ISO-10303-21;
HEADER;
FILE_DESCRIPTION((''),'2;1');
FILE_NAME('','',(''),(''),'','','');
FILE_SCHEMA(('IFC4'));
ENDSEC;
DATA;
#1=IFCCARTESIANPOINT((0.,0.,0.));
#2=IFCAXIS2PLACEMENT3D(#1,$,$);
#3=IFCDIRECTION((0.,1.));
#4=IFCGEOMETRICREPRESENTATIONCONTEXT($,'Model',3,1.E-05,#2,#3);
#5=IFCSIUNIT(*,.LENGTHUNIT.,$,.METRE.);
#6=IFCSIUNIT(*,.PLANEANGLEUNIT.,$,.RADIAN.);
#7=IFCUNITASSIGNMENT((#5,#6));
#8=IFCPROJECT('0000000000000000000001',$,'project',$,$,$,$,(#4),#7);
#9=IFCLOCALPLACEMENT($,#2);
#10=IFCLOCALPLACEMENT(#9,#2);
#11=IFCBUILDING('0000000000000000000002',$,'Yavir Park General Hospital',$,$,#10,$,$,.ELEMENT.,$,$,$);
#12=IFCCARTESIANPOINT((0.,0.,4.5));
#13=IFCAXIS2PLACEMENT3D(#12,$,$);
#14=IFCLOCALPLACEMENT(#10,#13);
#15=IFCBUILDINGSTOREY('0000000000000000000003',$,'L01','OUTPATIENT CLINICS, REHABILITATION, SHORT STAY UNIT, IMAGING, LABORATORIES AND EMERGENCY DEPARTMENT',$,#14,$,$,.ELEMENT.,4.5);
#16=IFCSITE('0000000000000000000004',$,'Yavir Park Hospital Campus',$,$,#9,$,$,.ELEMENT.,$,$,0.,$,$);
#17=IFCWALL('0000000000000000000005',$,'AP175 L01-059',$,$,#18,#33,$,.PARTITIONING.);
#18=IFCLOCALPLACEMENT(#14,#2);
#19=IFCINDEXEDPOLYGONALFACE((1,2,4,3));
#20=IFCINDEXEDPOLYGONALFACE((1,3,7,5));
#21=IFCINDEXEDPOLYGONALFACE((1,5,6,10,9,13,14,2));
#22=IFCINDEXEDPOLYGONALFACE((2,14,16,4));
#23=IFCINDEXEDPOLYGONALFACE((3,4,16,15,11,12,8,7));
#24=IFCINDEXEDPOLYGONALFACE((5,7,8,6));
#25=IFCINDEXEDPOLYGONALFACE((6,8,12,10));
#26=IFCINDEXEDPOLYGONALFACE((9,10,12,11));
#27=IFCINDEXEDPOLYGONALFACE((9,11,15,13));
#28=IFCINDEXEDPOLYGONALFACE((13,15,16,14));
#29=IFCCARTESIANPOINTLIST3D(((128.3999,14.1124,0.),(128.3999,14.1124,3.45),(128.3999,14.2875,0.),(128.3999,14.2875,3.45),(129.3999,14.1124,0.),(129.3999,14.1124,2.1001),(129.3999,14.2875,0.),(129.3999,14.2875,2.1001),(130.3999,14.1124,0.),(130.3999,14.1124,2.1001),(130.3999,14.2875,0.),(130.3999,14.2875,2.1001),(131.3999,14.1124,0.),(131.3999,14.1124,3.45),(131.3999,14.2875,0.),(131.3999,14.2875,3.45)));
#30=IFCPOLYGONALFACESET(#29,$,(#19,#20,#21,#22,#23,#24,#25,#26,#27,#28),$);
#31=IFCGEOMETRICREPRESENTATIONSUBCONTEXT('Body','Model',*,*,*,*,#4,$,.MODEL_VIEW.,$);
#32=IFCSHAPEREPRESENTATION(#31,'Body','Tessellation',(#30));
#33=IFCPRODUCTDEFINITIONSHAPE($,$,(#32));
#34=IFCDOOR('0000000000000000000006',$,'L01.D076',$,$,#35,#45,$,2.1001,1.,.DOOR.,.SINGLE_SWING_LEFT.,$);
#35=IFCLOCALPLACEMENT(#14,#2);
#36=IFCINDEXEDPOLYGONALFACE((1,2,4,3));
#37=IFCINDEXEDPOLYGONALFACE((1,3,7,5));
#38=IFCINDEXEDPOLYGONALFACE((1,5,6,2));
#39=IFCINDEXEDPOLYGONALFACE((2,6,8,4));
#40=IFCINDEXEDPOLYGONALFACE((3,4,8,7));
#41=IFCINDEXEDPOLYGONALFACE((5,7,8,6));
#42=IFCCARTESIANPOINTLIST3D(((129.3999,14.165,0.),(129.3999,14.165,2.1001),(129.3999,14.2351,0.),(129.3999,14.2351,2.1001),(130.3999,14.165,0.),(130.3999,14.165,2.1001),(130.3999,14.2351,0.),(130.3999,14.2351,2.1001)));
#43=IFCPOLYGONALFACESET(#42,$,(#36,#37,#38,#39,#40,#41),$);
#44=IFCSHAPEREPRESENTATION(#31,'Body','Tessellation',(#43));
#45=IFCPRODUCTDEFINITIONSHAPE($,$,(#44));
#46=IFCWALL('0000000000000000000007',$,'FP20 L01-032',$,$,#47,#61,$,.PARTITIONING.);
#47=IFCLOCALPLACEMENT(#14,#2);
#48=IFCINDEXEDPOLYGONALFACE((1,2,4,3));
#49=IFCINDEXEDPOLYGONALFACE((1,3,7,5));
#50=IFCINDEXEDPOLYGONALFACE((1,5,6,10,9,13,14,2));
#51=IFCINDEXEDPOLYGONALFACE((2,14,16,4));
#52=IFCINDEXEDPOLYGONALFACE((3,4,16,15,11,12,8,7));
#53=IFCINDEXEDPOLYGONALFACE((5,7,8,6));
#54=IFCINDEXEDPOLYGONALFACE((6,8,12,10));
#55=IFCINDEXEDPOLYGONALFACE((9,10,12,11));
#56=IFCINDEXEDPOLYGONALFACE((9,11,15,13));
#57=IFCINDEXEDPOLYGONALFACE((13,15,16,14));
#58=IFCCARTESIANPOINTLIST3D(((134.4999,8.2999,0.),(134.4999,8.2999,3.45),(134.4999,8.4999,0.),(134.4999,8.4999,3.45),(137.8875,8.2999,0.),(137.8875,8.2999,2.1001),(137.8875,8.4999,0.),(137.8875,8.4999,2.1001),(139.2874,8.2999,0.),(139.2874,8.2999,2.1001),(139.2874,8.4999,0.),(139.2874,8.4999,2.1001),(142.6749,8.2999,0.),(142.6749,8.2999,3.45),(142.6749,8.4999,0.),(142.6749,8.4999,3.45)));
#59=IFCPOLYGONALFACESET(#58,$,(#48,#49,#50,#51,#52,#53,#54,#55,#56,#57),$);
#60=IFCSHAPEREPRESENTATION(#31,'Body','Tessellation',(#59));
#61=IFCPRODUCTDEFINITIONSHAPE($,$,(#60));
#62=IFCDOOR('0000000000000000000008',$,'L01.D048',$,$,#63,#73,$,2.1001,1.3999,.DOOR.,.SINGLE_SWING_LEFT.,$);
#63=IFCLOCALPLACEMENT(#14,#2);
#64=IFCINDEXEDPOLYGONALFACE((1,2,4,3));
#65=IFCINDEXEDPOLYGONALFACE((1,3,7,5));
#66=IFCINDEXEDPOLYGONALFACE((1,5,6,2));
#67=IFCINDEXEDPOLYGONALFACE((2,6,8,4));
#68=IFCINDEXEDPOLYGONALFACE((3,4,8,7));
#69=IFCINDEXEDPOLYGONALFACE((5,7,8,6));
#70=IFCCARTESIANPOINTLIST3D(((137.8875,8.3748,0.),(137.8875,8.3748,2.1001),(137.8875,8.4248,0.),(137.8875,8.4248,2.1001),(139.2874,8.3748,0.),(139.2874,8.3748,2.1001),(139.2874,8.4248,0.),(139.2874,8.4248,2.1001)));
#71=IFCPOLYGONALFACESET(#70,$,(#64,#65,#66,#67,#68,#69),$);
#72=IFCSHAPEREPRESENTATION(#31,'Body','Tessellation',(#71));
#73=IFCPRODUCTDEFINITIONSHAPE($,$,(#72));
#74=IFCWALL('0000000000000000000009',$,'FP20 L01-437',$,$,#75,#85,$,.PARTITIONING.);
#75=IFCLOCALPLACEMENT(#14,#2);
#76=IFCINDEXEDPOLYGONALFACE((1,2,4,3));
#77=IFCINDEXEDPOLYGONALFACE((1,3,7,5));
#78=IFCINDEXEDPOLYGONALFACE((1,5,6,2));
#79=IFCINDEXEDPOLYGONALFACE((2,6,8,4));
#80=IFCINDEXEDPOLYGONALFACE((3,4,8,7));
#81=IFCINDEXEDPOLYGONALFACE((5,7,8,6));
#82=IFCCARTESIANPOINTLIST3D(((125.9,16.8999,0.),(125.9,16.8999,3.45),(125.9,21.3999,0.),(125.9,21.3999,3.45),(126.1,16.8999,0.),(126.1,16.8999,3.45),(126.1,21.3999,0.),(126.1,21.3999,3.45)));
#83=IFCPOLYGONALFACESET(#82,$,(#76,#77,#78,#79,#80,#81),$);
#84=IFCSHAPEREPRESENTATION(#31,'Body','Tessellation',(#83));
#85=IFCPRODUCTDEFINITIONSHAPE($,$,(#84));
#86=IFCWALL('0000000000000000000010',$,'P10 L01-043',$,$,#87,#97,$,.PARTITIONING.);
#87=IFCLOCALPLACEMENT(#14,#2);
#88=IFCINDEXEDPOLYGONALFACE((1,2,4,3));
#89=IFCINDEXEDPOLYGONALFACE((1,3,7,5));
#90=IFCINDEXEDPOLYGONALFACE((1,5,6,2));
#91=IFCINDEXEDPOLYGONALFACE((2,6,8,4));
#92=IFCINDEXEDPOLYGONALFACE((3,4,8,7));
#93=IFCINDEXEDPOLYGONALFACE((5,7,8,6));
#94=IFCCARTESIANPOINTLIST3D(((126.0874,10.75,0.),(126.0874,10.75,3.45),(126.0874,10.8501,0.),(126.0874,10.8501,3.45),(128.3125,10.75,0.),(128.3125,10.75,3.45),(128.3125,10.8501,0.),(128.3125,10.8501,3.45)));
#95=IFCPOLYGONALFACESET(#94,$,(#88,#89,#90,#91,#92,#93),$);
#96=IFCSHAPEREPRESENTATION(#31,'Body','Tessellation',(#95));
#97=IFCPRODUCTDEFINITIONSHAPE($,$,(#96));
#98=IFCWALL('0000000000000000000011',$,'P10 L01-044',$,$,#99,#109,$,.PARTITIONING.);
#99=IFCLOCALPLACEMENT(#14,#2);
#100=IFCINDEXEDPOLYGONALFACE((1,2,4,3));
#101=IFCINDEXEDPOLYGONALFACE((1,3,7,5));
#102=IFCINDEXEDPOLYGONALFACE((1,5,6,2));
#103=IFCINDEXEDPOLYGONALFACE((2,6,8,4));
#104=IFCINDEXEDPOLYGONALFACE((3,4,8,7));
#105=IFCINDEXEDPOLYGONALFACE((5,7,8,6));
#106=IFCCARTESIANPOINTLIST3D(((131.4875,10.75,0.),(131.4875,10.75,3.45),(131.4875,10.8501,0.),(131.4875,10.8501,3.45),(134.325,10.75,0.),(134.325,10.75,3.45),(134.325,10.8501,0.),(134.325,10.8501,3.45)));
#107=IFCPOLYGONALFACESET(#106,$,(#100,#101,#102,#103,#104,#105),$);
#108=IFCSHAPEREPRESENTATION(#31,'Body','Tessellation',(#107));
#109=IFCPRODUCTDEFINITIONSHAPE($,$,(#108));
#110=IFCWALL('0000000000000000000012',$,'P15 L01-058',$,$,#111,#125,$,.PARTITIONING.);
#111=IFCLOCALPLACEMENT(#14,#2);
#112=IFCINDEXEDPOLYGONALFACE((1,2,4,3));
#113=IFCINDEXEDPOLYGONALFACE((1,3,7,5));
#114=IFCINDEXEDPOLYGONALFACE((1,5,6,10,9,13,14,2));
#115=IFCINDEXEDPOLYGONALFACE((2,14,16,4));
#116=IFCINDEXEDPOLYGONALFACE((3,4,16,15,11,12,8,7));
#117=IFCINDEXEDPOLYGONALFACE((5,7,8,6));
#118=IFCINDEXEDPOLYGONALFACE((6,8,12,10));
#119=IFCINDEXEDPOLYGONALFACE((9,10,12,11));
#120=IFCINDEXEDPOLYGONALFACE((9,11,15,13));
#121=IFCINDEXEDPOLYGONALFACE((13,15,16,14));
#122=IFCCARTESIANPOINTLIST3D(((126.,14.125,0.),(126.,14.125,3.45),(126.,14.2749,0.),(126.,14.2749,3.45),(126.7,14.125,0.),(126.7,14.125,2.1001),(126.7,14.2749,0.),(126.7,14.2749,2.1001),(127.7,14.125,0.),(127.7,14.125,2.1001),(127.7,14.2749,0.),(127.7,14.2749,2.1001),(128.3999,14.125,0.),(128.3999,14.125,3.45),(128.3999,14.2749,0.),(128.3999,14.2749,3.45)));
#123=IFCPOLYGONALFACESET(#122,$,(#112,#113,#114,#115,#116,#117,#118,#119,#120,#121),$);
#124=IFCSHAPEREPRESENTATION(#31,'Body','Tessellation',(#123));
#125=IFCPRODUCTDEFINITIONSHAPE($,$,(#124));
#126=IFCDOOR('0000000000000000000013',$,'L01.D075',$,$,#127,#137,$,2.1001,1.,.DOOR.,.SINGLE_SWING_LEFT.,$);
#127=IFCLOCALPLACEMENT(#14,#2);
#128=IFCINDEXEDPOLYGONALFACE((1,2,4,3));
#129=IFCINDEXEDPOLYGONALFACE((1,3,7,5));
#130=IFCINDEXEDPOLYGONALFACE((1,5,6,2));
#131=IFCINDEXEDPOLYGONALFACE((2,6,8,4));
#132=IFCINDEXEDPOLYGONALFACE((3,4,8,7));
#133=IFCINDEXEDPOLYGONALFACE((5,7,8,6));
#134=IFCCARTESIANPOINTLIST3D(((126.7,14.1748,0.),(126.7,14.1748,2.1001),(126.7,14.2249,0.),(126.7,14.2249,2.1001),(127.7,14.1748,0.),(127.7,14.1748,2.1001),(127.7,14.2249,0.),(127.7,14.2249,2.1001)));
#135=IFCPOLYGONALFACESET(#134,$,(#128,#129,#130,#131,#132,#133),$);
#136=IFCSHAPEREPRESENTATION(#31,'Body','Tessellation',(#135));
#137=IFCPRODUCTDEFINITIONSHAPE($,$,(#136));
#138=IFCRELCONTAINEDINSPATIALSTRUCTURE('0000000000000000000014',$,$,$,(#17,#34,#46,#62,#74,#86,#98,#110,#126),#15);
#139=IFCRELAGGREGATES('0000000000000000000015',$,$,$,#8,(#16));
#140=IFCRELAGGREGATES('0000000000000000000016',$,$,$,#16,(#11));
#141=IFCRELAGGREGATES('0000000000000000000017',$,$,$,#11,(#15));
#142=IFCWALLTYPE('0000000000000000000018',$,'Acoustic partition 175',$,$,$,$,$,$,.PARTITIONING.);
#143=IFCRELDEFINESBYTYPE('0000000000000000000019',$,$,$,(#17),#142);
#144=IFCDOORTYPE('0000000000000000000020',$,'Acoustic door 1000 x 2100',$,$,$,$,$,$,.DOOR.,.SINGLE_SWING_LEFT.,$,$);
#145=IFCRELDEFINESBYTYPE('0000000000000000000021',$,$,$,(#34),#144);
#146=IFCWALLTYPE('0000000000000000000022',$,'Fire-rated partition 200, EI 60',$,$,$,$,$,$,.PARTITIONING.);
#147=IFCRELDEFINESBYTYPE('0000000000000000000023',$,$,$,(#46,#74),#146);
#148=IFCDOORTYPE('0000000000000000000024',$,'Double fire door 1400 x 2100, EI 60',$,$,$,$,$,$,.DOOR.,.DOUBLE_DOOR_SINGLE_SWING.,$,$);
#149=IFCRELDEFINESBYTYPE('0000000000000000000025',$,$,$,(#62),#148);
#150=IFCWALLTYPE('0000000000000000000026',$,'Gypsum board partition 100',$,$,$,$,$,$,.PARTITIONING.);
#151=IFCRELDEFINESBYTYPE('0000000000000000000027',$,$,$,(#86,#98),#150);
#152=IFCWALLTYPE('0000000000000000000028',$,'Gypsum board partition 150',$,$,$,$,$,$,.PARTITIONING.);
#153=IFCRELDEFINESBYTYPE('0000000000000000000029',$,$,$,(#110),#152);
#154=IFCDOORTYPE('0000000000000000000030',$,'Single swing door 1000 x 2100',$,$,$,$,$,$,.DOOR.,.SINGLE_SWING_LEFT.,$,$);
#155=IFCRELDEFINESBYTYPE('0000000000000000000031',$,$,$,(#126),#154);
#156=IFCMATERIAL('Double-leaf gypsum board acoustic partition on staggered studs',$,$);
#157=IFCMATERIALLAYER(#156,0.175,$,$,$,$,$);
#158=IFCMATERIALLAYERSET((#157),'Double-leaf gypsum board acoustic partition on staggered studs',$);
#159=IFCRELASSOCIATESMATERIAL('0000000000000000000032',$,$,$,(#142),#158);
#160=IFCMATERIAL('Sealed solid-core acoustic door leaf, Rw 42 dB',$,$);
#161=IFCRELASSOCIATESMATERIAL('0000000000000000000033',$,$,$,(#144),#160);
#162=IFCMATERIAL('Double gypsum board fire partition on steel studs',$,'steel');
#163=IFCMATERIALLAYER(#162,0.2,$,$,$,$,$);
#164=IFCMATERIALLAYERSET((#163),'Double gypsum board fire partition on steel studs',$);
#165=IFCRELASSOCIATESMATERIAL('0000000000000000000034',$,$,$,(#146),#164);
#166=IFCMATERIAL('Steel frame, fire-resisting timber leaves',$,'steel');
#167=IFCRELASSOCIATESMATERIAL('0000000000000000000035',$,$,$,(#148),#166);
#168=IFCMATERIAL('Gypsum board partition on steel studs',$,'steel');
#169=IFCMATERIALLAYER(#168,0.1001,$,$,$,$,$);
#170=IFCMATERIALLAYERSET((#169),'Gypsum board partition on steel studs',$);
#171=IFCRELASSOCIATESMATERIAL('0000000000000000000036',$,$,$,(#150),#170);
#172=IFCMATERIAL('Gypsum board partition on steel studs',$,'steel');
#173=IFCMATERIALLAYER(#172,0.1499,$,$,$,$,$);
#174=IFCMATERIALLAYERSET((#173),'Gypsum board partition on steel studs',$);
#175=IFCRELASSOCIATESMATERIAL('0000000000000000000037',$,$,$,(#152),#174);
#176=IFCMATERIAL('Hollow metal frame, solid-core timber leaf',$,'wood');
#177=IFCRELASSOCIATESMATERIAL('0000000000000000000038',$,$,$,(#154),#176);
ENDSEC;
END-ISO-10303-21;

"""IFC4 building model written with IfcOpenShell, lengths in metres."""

from ifc_helpers import new_model, si_unit, direction, frame, frame_2d, origin, place, context, subcontext, project, spatial, rectangle, extrude, material, layer, layer_set, type_object, element, fill, save


model = new_model("IFC4")

# Units and contexts
model_context = context("Model", 3, precision=1e-05, world=origin(), true_north=direction((0.0, 1.0)))
body_context = subcontext(model_context, "Body", "Model", "MODEL_VIEW")
ifc_project = project(units=[si_unit("LENGTHUNIT", "METRE"), si_unit("PLANEANGLEUNIT", "RADIAN")], contexts=[model_context])

# Site, building, storey
site_placement = place(None, origin())
site = spatial("IfcSite", under=ifc_project, at=site_placement, Name="Yavir Park Hospital Campus", CompositionType="ELEMENT", RefElevation=0.0)
building_placement = place(site_placement, origin())
building = spatial("IfcBuilding", under=site, at=building_placement, Name="Yavir Park General Hospital", CompositionType="ELEMENT")
storey_placement = place(building_placement, frame((0.0, 0.0, 4.5)))
storey = spatial("IfcBuildingStorey", under=building, at=storey_placement, Name="L01", Description="OUTPATIENT CLINICS, REHABILITATION, SHORT STAY UNIT, IMAGING, LABORATORIES AND EMERGENCY DEPARTMENT", CompositionType="ELEMENT", Elevation=4.5)

# Walls, openings, doors
ifc_material_1 = material(Name="Double-leaf gypsum board acoustic partition on staggered studs")
ifc_layer_1 = layer(ifc_material_1, 0.175)
ifc_layer_set_1 = layer_set([ifc_layer_1], Name="Double-leaf gypsum board acoustic partition on staggered studs")
wall_type_1 = type_object("IfcWallType", Name="Acoustic partition 175", PredefinedType="PARTITIONING", material=ifc_layer_set_1)
wall_1_placement = place(storey_placement, frame((128.3999, 14.2, 0.0), z_axis=(0.0, 0.0, 1.0), x_axis=(1.0, 0.0, 0.0)))
wall_1 = element("IfcWall", 1, at=wall_1_placement, inside=storey, type_object=wall_type_1, Name="AP175 L01-059", PredefinedType="PARTITIONING", context=body_context, shape_type="SweptSolid", body=[
    extrude(rectangle(XDim=3.0, YDim=0.175, at=frame_2d((1.5, 0.0))), origin(), (0.0, 0.0, 1.0), 3.45),
])
opening_1_placement = place(wall_1_placement, frame((1.0, 0.0, 0.0)))
opening_1 = element("IfcOpeningElement", 2, at=opening_1_placement, cuts=wall_1, PredefinedType="OPENING", context=body_context, shape_type="SweptSolid", body=[
    extrude(rectangle(XDim=1.0, YDim=2.1001, at=frame_2d((0.5, 1.05))), frame((0.0, 0.0974, 0.0), z_axis=(0.0, -1.0, 0.0), x_axis=(1.0, 0.0, 0.0)), (0.0, 0.0, 1.0), 0.1951),
])
ifc_material_2 = material(Name="Sealed solid-core acoustic door leaf, Rw 42 dB")
door_type_1 = type_object("IfcDoorType", Name="Acoustic door 1000 x 2100", OperationType="SINGLE_SWING_LEFT", PredefinedType="DOOR", material=ifc_material_2)
door_1_placement = place(opening_1_placement, origin())
door_1 = element("IfcDoor", 3, at=door_1_placement, inside=storey, type_object=door_type_1, Name="L01.D076", OperationType="SINGLE_SWING_LEFT", OverallHeight=2.1001, OverallWidth=1.0, PredefinedType="DOOR", context=body_context, shape_type="SweptSolid", body=[
    extrude(rectangle(XDim=1.0, YDim=2.1001, at=frame_2d((0.5, 1.05))), frame((0.0, 0.0352, 0.0), z_axis=(0.0, -1.0, 0.0), x_axis=(1.0, 0.0, 0.0)), (0.0, 0.0, 1.0), 0.0701),
])
fill(opening_1, door_1)
ifc_material_3 = material(Name="Double gypsum board fire partition on steel studs", Category="steel")
ifc_layer_2 = layer(ifc_material_3, 0.2)
ifc_layer_set_2 = layer_set([ifc_layer_2], Name="Double gypsum board fire partition on steel studs")
wall_type_2 = type_object("IfcWallType", Name="Fire-rated partition 200, EI 60", PredefinedType="PARTITIONING", material=ifc_layer_set_2)
wall_2_placement = place(storey_placement, frame((134.5, 8.3999, 0.0), z_axis=(0.0, 0.0, 1.0), x_axis=(1.0, 0.0, 0.0)))
wall_2 = element("IfcWall", 4, at=wall_2_placement, inside=storey, type_object=wall_type_2, Name="FP20 L01-032", PredefinedType="PARTITIONING", context=body_context, shape_type="SweptSolid", body=[
    extrude(rectangle(XDim=8.175, YDim=0.2, at=frame_2d((4.0874, 0.0))), origin(), (0.0, 0.0, 1.0), 3.45),
])
opening_2_placement = place(wall_2_placement, frame((3.3875, 0.0, 0.0)))
opening_2 = element("IfcOpeningElement", 5, at=opening_2_placement, cuts=wall_2, PredefinedType="OPENING", context=body_context, shape_type="SweptSolid", body=[
    extrude(rectangle(XDim=1.3999, YDim=2.1001, at=frame_2d((0.7, 1.05))), frame((0.0, 0.1099, 0.0), z_axis=(0.0, -1.0, 0.0), x_axis=(1.0, 0.0, 0.0)), (0.0, 0.0, 1.0), 0.22),
])
ifc_material_4 = material(Name="Steel frame, fire-resisting timber leaves", Category="steel")
door_type_2 = type_object("IfcDoorType", Name="Double fire door 1400 x 2100, EI 60", OperationType="DOUBLE_DOOR_SINGLE_SWING", PredefinedType="DOOR", material=ifc_material_4)
door_2_placement = place(opening_2_placement, origin())
door_2 = element("IfcDoor", 6, at=door_2_placement, inside=storey, type_object=door_type_2, Name="L01.D048", OperationType="SINGLE_SWING_LEFT", OverallHeight=2.1001, OverallWidth=1.3999, PredefinedType="DOOR", context=body_context, shape_type="SweptSolid", body=[
    extrude(rectangle(XDim=1.3999, YDim=2.1001, at=frame_2d((0.7, 1.05))), frame((0.0, 0.0249, 0.0), z_axis=(0.0, -1.0, 0.0), x_axis=(1.0, 0.0, 0.0)), (0.0, 0.0, 1.0), 0.05),
])
fill(opening_2, door_2)

# Walls
wall_3_placement = place(storey_placement, frame((126.0, 16.8999, 0.0), z_axis=(0.0, 0.0, 1.0), x_axis=(0.0, 1.0, 0.0)))
element("IfcWall", 7, at=wall_3_placement, inside=storey, type_object=wall_type_2, Name="FP20 L01-437", PredefinedType="PARTITIONING", context=body_context, shape_type="SweptSolid", body=[
    extrude(rectangle(XDim=4.5, YDim=0.2, at=frame_2d((2.25, 0.0))), origin(), (0.0, 0.0, 1.0), 3.45),
])
ifc_material_5 = material(Name="Gypsum board partition on steel studs", Category="steel")
ifc_layer_3 = layer(ifc_material_5, 0.1001)
ifc_layer_set_3 = layer_set([ifc_layer_3], Name="Gypsum board partition on steel studs")
wall_type_3 = type_object("IfcWallType", Name="Gypsum board partition 100", PredefinedType="PARTITIONING", material=ifc_layer_set_3)
wall_4_placement = place(storey_placement, frame((126.0874, 10.8, 0.0), z_axis=(0.0, 0.0, 1.0), x_axis=(1.0, 0.0, 0.0)))
element("IfcWall", 8, at=wall_4_placement, inside=storey, type_object=wall_type_3, Name="P10 L01-043", PredefinedType="PARTITIONING", context=body_context, shape_type="SweptSolid", body=[
    extrude(rectangle(XDim=2.2251, YDim=0.1001, at=frame_2d((1.1125, 0.0))), origin(), (0.0, 0.0, 1.0), 3.45),
])
wall_5_placement = place(storey_placement, frame((131.4875, 10.8, 0.0), z_axis=(0.0, 0.0, 1.0), x_axis=(1.0, 0.0, 0.0)))
element("IfcWall", 9, at=wall_5_placement, inside=storey, type_object=wall_type_3, Name="P10 L01-044", PredefinedType="PARTITIONING", context=body_context, shape_type="SweptSolid", body=[
    extrude(rectangle(XDim=2.8374, YDim=0.1001, at=frame_2d((1.4187, 0.0))), origin(), (0.0, 0.0, 1.0), 3.45),
])

# Wall, opening, door
ifc_material_6 = material(Name="Gypsum board partition on steel studs", Category="steel")
ifc_layer_4 = layer(ifc_material_6, 0.1499)
ifc_layer_set_4 = layer_set([ifc_layer_4], Name="Gypsum board partition on steel studs")
wall_type_4 = type_object("IfcWallType", Name="Gypsum board partition 150", PredefinedType="PARTITIONING", material=ifc_layer_set_4)
wall_6_placement = place(storey_placement, frame((126.0, 14.2, 0.0), z_axis=(0.0, 0.0, 1.0), x_axis=(1.0, 0.0, 0.0)))
wall_6 = element("IfcWall", 10, at=wall_6_placement, inside=storey, type_object=wall_type_4, Name="P15 L01-058", PredefinedType="PARTITIONING", context=body_context, shape_type="SweptSolid", body=[
    extrude(rectangle(XDim=2.3999, YDim=0.1499, at=frame_2d((1.2, 0.0))), origin(), (0.0, 0.0, 1.0), 3.45),
])
opening_3_placement = place(wall_6_placement, frame((0.7, 0.0, 0.0)))
opening_3 = element("IfcOpeningElement", 11, at=opening_3_placement, cuts=wall_6, PredefinedType="OPENING", context=body_context, shape_type="SweptSolid", body=[
    extrude(rectangle(XDim=1.0, YDim=2.1001, at=frame_2d((0.5, 1.05))), frame((0.0, 0.085, 0.0), z_axis=(0.0, -1.0, 0.0), x_axis=(1.0, 0.0, 0.0)), (0.0, 0.0, 1.0), 0.1699),
])
ifc_material_7 = material(Name="Hollow metal frame, solid-core timber leaf", Category="wood")
door_type_3 = type_object("IfcDoorType", Name="Single swing door 1000 x 2100", OperationType="SINGLE_SWING_LEFT", PredefinedType="DOOR", material=ifc_material_7)
door_3_placement = place(opening_3_placement, origin())
door_3 = element("IfcDoor", 12, at=door_3_placement, inside=storey, type_object=door_type_3, Name="L01.D075", OperationType="SINGLE_SWING_LEFT", OverallHeight=2.1001, OverallWidth=1.0, PredefinedType="DOOR", context=body_context, shape_type="SweptSolid", body=[
    extrude(rectangle(XDim=1.0, YDim=2.1001, at=frame_2d((0.5, 1.05))), frame((0.0, 0.0249, 0.0), z_axis=(0.0, -1.0, 0.0), x_axis=(1.0, 0.0, 0.0)), (0.0, 0.0, 1.0), 0.05),
])
fill(opening_3, door_3)

save(model, "model.ifc")
